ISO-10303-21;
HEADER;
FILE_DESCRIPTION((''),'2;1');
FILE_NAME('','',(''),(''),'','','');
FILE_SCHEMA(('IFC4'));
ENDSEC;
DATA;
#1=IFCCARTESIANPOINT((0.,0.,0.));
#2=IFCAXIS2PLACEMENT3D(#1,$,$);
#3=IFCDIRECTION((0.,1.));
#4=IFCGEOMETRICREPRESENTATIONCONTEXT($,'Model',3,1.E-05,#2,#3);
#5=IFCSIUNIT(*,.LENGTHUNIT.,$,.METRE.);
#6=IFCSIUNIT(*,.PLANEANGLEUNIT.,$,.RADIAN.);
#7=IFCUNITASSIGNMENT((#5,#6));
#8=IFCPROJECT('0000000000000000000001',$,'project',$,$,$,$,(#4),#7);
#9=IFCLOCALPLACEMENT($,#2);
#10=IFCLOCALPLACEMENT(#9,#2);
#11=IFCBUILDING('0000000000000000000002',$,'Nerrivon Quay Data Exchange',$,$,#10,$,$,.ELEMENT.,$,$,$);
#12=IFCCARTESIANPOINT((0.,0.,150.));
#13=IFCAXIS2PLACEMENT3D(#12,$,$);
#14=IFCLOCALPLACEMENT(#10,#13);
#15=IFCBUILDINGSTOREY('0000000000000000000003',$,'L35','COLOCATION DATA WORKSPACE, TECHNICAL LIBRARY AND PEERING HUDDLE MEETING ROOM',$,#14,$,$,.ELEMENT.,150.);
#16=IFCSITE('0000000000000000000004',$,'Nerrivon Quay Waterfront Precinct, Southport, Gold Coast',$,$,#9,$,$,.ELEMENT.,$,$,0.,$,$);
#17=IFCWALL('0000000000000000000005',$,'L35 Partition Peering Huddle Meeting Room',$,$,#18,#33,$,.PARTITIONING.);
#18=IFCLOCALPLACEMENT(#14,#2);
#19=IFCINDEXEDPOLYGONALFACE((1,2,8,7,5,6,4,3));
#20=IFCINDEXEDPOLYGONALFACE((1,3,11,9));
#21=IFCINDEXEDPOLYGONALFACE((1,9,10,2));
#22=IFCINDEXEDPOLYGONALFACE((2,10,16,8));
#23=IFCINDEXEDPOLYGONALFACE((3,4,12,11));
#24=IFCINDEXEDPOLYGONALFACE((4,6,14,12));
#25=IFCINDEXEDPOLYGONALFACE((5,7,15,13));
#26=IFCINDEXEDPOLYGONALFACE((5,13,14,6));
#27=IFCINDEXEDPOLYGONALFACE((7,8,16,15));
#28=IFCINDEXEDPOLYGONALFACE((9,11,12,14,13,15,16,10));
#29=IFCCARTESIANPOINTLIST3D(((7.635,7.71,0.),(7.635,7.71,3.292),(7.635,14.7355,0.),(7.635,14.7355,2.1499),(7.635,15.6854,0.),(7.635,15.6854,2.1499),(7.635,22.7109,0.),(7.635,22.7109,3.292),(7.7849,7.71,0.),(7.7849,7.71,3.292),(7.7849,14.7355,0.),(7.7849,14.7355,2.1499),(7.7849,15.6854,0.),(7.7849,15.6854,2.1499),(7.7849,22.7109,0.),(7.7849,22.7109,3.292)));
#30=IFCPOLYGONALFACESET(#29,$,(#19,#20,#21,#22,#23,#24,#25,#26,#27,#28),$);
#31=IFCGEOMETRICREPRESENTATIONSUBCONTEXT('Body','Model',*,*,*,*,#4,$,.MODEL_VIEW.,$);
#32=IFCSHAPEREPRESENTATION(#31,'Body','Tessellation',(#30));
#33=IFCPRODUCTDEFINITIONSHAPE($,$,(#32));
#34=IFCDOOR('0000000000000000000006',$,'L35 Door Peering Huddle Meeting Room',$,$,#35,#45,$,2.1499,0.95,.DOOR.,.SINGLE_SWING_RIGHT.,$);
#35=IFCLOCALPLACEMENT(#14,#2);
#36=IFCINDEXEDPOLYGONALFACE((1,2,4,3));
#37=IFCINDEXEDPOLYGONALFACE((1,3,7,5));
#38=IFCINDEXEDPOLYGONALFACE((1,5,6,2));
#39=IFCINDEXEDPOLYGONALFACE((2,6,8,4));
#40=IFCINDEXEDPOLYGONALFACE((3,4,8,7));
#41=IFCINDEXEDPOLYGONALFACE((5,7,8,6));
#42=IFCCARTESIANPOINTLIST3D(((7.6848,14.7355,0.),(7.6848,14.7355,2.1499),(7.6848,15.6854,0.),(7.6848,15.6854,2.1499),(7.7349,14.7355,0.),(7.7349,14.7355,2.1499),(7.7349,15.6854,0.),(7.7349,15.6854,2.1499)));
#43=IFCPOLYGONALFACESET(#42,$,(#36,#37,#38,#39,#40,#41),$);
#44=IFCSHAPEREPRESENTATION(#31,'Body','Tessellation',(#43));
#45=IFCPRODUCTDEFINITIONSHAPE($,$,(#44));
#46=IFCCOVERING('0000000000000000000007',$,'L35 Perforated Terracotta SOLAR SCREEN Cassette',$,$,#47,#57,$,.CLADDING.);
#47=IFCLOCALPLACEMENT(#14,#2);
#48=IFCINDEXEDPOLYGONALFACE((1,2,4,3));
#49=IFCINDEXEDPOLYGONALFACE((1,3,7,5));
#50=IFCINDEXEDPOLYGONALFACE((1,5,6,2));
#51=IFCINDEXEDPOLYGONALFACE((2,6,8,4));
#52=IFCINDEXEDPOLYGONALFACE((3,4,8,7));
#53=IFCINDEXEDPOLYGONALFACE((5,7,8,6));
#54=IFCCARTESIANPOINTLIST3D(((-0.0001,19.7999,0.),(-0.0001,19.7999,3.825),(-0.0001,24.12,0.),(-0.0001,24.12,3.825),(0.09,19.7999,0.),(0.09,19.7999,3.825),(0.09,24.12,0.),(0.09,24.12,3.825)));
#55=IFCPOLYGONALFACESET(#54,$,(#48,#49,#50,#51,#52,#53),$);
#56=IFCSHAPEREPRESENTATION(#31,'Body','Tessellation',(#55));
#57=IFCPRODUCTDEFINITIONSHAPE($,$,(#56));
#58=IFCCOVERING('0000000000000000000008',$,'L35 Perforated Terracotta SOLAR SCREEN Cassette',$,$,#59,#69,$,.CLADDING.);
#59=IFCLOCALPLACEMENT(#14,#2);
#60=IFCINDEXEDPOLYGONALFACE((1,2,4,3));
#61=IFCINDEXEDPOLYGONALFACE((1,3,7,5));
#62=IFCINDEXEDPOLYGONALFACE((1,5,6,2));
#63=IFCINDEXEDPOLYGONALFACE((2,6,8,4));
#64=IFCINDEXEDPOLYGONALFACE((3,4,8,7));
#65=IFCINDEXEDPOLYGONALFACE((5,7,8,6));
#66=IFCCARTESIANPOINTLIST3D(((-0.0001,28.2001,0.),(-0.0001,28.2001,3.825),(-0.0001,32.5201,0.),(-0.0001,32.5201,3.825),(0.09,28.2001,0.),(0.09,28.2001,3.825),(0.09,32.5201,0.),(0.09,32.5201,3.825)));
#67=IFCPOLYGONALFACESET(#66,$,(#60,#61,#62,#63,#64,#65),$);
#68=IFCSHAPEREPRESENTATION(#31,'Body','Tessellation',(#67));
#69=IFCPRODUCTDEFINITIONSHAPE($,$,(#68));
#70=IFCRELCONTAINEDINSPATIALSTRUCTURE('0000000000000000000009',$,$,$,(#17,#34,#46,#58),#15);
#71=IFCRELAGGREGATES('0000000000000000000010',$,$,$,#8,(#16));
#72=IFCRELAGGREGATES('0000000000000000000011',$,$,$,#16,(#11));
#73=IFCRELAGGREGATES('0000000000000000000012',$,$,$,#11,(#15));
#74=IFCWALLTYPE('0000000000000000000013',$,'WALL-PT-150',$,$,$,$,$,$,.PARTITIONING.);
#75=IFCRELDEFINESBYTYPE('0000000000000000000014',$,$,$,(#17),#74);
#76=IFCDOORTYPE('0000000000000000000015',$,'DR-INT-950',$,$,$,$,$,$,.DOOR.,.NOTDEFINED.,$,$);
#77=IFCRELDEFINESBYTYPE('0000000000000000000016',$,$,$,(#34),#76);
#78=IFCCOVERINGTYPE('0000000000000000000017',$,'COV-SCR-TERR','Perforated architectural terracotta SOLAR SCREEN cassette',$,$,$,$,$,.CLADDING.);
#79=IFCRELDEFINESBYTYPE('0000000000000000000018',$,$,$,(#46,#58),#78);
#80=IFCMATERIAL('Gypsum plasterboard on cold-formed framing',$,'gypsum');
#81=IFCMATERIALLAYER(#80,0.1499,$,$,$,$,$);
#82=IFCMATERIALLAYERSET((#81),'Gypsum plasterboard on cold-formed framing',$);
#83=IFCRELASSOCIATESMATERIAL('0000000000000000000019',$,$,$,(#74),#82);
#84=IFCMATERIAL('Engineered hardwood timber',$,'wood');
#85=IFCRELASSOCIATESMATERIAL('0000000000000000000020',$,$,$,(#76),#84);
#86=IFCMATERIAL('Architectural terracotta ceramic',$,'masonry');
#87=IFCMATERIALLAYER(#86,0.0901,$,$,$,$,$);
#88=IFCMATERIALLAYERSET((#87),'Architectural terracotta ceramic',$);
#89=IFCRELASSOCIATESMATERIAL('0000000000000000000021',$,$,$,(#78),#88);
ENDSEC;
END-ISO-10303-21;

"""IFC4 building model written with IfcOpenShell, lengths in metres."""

from ifc_helpers import new_model, si_unit, direction, frame, frame_2d, origin, origin_2d, place, context, subcontext, project, spatial, rectangle, extrude, material, layer, layer_set, type_object, element, fill, save


model = new_model("IFC4")

# Units and contexts
model_context = context("Model", 3, precision=1e-05, world=origin(), true_north=direction((0.0, 1.0)))
body_context = subcontext(model_context, "Body", "Model", "MODEL_VIEW")
ifc_project = project(units=[si_unit("LENGTHUNIT", "METRE"), si_unit("PLANEANGLEUNIT", "RADIAN")], contexts=[model_context])

# Site, building, storey
site_placement = place(None, origin())
site = spatial("IfcSite", under=ifc_project, at=site_placement, Name="Nerrivon Quay Waterfront Precinct, Southport, Gold Coast", CompositionType="ELEMENT", RefElevation=0.0)
building_placement = place(site_placement, origin())
building = spatial("IfcBuilding", under=site, at=building_placement, Name="Nerrivon Quay Data Exchange", CompositionType="ELEMENT")
storey_placement = place(building_placement, frame((0.0, 0.0, 150.0)))
storey = spatial("IfcBuildingStorey", under=building, at=storey_placement, Name="L35", Description="COLOCATION DATA WORKSPACE, TECHNICAL LIBRARY AND PEERING HUDDLE MEETING ROOM", CompositionType="ELEMENT", Elevation=150.0)

# Shared definitions
ifc_material_1 = material(Name="Gypsum plasterboard on cold-formed framing", Category="gypsum")
ifc_material_2 = material(Name="Engineered hardwood timber", Category="wood")

# Wall, opening, door
ifc_layer_1 = layer(ifc_material_1, 0.1499)
ifc_layer_set_1 = layer_set([ifc_layer_1], Name="Gypsum plasterboard on cold-formed framing")
wall_type_1 = type_object("IfcWallType", Name="WALL-PT-150", PredefinedType="PARTITIONING", material=ifc_layer_set_1)
wall_1_placement = place(storey_placement, frame((7.71, 22.7109, 0.0), z_axis=(0.0, 0.0, 1.0), x_axis=(0.0, -1.0, 0.0)))
wall_1 = element("IfcWall", 1, at=wall_1_placement, inside=storey, type_object=wall_type_1, Name="L35 Partition Peering Huddle Meeting Room", PredefinedType="PARTITIONING", context=body_context, shape_type="SweptSolid", body=[
    extrude(rectangle(XDim=15.001, YDim=0.1499, at=frame_2d((7.5005, 0.0))), origin(), (0.0, 0.0, 1.0), 3.292),
])
opening_1_placement = place(wall_1_placement, frame((7.0254, 0.0, 0.0)))
opening_1 = element("IfcOpeningElement", 2, at=opening_1_placement, cuts=wall_1, PredefinedType="OPENING", context=body_context, shape_type="SweptSolid", body=[
    extrude(rectangle(XDim=0.95, YDim=2.1499, at=frame_2d((0.4751, 1.075))), frame((0.0, 0.085, 0.0), z_axis=(0.0, -1.0, 0.0), x_axis=(1.0, 0.0, 0.0)), (0.0, 0.0, 1.0), 0.1699),
])
door_type_1 = type_object("IfcDoorType", Name="DR-INT-950", OperationType="NOTDEFINED", PredefinedType="DOOR", material=ifc_material_2)
door_1_placement = place(opening_1_placement, origin())
door_1 = element("IfcDoor", 3, at=door_1_placement, inside=storey, type_object=door_type_1, Name="L35 Door Peering Huddle Meeting Room", OperationType="SINGLE_SWING_RIGHT", OverallHeight=2.1499, OverallWidth=0.95, PredefinedType="DOOR", context=body_context, shape_type="SweptSolid", body=[
    extrude(rectangle(XDim=0.95, YDim=2.1499, at=frame_2d((0.4751, 1.075))), frame((0.0, 0.0249, 0.0), z_axis=(0.0, -1.0, 0.0), x_axis=(1.0, 0.0, 0.0)), (0.0, 0.0, 1.0), 0.05),
])
fill(opening_1, door_1)

# Coverings
ifc_material_3 = material(Name="Architectural terracotta ceramic", Category="masonry")
ifc_layer_2 = layer(ifc_material_3, 0.0901)
ifc_layer_set_2 = layer_set([ifc_layer_2], Name="Architectural terracotta ceramic")
covering_type = type_object("IfcCoveringType", Name="COV-SCR-TERR", Description="Perforated architectural terracotta SOLAR SCREEN cassette", PredefinedType="CLADDING", material=ifc_layer_set_2)
for number, where, z_axis, x_axis, name in (
    (4, (0.0449, 21.96, 0.0), (0.0, 0.0, 1.0), (0.0, 1.0, 0.0), "L35 Perforated Terracotta SOLAR SCREEN Cassette"),
    (5, (0.0449, 30.3601, 0.0), (0.0, 0.0, 1.0), (0.0, 1.0, 0.0), "L35 Perforated Terracotta SOLAR SCREEN Cassette"),
):
    element("IfcCovering", number, at=place(storey_placement, frame(where, z_axis=z_axis, x_axis=x_axis)), inside=storey, type_object=covering_type, Name=name, PredefinedType="CLADDING", context=body_context, shape_type="SweptSolid", body=[
        extrude(rectangle(XDim=4.3201, YDim=0.0901, at=origin_2d()), origin(), (0.0, 0.0, 1.0), 3.825),
    ])

save(model, "model.ifc")
